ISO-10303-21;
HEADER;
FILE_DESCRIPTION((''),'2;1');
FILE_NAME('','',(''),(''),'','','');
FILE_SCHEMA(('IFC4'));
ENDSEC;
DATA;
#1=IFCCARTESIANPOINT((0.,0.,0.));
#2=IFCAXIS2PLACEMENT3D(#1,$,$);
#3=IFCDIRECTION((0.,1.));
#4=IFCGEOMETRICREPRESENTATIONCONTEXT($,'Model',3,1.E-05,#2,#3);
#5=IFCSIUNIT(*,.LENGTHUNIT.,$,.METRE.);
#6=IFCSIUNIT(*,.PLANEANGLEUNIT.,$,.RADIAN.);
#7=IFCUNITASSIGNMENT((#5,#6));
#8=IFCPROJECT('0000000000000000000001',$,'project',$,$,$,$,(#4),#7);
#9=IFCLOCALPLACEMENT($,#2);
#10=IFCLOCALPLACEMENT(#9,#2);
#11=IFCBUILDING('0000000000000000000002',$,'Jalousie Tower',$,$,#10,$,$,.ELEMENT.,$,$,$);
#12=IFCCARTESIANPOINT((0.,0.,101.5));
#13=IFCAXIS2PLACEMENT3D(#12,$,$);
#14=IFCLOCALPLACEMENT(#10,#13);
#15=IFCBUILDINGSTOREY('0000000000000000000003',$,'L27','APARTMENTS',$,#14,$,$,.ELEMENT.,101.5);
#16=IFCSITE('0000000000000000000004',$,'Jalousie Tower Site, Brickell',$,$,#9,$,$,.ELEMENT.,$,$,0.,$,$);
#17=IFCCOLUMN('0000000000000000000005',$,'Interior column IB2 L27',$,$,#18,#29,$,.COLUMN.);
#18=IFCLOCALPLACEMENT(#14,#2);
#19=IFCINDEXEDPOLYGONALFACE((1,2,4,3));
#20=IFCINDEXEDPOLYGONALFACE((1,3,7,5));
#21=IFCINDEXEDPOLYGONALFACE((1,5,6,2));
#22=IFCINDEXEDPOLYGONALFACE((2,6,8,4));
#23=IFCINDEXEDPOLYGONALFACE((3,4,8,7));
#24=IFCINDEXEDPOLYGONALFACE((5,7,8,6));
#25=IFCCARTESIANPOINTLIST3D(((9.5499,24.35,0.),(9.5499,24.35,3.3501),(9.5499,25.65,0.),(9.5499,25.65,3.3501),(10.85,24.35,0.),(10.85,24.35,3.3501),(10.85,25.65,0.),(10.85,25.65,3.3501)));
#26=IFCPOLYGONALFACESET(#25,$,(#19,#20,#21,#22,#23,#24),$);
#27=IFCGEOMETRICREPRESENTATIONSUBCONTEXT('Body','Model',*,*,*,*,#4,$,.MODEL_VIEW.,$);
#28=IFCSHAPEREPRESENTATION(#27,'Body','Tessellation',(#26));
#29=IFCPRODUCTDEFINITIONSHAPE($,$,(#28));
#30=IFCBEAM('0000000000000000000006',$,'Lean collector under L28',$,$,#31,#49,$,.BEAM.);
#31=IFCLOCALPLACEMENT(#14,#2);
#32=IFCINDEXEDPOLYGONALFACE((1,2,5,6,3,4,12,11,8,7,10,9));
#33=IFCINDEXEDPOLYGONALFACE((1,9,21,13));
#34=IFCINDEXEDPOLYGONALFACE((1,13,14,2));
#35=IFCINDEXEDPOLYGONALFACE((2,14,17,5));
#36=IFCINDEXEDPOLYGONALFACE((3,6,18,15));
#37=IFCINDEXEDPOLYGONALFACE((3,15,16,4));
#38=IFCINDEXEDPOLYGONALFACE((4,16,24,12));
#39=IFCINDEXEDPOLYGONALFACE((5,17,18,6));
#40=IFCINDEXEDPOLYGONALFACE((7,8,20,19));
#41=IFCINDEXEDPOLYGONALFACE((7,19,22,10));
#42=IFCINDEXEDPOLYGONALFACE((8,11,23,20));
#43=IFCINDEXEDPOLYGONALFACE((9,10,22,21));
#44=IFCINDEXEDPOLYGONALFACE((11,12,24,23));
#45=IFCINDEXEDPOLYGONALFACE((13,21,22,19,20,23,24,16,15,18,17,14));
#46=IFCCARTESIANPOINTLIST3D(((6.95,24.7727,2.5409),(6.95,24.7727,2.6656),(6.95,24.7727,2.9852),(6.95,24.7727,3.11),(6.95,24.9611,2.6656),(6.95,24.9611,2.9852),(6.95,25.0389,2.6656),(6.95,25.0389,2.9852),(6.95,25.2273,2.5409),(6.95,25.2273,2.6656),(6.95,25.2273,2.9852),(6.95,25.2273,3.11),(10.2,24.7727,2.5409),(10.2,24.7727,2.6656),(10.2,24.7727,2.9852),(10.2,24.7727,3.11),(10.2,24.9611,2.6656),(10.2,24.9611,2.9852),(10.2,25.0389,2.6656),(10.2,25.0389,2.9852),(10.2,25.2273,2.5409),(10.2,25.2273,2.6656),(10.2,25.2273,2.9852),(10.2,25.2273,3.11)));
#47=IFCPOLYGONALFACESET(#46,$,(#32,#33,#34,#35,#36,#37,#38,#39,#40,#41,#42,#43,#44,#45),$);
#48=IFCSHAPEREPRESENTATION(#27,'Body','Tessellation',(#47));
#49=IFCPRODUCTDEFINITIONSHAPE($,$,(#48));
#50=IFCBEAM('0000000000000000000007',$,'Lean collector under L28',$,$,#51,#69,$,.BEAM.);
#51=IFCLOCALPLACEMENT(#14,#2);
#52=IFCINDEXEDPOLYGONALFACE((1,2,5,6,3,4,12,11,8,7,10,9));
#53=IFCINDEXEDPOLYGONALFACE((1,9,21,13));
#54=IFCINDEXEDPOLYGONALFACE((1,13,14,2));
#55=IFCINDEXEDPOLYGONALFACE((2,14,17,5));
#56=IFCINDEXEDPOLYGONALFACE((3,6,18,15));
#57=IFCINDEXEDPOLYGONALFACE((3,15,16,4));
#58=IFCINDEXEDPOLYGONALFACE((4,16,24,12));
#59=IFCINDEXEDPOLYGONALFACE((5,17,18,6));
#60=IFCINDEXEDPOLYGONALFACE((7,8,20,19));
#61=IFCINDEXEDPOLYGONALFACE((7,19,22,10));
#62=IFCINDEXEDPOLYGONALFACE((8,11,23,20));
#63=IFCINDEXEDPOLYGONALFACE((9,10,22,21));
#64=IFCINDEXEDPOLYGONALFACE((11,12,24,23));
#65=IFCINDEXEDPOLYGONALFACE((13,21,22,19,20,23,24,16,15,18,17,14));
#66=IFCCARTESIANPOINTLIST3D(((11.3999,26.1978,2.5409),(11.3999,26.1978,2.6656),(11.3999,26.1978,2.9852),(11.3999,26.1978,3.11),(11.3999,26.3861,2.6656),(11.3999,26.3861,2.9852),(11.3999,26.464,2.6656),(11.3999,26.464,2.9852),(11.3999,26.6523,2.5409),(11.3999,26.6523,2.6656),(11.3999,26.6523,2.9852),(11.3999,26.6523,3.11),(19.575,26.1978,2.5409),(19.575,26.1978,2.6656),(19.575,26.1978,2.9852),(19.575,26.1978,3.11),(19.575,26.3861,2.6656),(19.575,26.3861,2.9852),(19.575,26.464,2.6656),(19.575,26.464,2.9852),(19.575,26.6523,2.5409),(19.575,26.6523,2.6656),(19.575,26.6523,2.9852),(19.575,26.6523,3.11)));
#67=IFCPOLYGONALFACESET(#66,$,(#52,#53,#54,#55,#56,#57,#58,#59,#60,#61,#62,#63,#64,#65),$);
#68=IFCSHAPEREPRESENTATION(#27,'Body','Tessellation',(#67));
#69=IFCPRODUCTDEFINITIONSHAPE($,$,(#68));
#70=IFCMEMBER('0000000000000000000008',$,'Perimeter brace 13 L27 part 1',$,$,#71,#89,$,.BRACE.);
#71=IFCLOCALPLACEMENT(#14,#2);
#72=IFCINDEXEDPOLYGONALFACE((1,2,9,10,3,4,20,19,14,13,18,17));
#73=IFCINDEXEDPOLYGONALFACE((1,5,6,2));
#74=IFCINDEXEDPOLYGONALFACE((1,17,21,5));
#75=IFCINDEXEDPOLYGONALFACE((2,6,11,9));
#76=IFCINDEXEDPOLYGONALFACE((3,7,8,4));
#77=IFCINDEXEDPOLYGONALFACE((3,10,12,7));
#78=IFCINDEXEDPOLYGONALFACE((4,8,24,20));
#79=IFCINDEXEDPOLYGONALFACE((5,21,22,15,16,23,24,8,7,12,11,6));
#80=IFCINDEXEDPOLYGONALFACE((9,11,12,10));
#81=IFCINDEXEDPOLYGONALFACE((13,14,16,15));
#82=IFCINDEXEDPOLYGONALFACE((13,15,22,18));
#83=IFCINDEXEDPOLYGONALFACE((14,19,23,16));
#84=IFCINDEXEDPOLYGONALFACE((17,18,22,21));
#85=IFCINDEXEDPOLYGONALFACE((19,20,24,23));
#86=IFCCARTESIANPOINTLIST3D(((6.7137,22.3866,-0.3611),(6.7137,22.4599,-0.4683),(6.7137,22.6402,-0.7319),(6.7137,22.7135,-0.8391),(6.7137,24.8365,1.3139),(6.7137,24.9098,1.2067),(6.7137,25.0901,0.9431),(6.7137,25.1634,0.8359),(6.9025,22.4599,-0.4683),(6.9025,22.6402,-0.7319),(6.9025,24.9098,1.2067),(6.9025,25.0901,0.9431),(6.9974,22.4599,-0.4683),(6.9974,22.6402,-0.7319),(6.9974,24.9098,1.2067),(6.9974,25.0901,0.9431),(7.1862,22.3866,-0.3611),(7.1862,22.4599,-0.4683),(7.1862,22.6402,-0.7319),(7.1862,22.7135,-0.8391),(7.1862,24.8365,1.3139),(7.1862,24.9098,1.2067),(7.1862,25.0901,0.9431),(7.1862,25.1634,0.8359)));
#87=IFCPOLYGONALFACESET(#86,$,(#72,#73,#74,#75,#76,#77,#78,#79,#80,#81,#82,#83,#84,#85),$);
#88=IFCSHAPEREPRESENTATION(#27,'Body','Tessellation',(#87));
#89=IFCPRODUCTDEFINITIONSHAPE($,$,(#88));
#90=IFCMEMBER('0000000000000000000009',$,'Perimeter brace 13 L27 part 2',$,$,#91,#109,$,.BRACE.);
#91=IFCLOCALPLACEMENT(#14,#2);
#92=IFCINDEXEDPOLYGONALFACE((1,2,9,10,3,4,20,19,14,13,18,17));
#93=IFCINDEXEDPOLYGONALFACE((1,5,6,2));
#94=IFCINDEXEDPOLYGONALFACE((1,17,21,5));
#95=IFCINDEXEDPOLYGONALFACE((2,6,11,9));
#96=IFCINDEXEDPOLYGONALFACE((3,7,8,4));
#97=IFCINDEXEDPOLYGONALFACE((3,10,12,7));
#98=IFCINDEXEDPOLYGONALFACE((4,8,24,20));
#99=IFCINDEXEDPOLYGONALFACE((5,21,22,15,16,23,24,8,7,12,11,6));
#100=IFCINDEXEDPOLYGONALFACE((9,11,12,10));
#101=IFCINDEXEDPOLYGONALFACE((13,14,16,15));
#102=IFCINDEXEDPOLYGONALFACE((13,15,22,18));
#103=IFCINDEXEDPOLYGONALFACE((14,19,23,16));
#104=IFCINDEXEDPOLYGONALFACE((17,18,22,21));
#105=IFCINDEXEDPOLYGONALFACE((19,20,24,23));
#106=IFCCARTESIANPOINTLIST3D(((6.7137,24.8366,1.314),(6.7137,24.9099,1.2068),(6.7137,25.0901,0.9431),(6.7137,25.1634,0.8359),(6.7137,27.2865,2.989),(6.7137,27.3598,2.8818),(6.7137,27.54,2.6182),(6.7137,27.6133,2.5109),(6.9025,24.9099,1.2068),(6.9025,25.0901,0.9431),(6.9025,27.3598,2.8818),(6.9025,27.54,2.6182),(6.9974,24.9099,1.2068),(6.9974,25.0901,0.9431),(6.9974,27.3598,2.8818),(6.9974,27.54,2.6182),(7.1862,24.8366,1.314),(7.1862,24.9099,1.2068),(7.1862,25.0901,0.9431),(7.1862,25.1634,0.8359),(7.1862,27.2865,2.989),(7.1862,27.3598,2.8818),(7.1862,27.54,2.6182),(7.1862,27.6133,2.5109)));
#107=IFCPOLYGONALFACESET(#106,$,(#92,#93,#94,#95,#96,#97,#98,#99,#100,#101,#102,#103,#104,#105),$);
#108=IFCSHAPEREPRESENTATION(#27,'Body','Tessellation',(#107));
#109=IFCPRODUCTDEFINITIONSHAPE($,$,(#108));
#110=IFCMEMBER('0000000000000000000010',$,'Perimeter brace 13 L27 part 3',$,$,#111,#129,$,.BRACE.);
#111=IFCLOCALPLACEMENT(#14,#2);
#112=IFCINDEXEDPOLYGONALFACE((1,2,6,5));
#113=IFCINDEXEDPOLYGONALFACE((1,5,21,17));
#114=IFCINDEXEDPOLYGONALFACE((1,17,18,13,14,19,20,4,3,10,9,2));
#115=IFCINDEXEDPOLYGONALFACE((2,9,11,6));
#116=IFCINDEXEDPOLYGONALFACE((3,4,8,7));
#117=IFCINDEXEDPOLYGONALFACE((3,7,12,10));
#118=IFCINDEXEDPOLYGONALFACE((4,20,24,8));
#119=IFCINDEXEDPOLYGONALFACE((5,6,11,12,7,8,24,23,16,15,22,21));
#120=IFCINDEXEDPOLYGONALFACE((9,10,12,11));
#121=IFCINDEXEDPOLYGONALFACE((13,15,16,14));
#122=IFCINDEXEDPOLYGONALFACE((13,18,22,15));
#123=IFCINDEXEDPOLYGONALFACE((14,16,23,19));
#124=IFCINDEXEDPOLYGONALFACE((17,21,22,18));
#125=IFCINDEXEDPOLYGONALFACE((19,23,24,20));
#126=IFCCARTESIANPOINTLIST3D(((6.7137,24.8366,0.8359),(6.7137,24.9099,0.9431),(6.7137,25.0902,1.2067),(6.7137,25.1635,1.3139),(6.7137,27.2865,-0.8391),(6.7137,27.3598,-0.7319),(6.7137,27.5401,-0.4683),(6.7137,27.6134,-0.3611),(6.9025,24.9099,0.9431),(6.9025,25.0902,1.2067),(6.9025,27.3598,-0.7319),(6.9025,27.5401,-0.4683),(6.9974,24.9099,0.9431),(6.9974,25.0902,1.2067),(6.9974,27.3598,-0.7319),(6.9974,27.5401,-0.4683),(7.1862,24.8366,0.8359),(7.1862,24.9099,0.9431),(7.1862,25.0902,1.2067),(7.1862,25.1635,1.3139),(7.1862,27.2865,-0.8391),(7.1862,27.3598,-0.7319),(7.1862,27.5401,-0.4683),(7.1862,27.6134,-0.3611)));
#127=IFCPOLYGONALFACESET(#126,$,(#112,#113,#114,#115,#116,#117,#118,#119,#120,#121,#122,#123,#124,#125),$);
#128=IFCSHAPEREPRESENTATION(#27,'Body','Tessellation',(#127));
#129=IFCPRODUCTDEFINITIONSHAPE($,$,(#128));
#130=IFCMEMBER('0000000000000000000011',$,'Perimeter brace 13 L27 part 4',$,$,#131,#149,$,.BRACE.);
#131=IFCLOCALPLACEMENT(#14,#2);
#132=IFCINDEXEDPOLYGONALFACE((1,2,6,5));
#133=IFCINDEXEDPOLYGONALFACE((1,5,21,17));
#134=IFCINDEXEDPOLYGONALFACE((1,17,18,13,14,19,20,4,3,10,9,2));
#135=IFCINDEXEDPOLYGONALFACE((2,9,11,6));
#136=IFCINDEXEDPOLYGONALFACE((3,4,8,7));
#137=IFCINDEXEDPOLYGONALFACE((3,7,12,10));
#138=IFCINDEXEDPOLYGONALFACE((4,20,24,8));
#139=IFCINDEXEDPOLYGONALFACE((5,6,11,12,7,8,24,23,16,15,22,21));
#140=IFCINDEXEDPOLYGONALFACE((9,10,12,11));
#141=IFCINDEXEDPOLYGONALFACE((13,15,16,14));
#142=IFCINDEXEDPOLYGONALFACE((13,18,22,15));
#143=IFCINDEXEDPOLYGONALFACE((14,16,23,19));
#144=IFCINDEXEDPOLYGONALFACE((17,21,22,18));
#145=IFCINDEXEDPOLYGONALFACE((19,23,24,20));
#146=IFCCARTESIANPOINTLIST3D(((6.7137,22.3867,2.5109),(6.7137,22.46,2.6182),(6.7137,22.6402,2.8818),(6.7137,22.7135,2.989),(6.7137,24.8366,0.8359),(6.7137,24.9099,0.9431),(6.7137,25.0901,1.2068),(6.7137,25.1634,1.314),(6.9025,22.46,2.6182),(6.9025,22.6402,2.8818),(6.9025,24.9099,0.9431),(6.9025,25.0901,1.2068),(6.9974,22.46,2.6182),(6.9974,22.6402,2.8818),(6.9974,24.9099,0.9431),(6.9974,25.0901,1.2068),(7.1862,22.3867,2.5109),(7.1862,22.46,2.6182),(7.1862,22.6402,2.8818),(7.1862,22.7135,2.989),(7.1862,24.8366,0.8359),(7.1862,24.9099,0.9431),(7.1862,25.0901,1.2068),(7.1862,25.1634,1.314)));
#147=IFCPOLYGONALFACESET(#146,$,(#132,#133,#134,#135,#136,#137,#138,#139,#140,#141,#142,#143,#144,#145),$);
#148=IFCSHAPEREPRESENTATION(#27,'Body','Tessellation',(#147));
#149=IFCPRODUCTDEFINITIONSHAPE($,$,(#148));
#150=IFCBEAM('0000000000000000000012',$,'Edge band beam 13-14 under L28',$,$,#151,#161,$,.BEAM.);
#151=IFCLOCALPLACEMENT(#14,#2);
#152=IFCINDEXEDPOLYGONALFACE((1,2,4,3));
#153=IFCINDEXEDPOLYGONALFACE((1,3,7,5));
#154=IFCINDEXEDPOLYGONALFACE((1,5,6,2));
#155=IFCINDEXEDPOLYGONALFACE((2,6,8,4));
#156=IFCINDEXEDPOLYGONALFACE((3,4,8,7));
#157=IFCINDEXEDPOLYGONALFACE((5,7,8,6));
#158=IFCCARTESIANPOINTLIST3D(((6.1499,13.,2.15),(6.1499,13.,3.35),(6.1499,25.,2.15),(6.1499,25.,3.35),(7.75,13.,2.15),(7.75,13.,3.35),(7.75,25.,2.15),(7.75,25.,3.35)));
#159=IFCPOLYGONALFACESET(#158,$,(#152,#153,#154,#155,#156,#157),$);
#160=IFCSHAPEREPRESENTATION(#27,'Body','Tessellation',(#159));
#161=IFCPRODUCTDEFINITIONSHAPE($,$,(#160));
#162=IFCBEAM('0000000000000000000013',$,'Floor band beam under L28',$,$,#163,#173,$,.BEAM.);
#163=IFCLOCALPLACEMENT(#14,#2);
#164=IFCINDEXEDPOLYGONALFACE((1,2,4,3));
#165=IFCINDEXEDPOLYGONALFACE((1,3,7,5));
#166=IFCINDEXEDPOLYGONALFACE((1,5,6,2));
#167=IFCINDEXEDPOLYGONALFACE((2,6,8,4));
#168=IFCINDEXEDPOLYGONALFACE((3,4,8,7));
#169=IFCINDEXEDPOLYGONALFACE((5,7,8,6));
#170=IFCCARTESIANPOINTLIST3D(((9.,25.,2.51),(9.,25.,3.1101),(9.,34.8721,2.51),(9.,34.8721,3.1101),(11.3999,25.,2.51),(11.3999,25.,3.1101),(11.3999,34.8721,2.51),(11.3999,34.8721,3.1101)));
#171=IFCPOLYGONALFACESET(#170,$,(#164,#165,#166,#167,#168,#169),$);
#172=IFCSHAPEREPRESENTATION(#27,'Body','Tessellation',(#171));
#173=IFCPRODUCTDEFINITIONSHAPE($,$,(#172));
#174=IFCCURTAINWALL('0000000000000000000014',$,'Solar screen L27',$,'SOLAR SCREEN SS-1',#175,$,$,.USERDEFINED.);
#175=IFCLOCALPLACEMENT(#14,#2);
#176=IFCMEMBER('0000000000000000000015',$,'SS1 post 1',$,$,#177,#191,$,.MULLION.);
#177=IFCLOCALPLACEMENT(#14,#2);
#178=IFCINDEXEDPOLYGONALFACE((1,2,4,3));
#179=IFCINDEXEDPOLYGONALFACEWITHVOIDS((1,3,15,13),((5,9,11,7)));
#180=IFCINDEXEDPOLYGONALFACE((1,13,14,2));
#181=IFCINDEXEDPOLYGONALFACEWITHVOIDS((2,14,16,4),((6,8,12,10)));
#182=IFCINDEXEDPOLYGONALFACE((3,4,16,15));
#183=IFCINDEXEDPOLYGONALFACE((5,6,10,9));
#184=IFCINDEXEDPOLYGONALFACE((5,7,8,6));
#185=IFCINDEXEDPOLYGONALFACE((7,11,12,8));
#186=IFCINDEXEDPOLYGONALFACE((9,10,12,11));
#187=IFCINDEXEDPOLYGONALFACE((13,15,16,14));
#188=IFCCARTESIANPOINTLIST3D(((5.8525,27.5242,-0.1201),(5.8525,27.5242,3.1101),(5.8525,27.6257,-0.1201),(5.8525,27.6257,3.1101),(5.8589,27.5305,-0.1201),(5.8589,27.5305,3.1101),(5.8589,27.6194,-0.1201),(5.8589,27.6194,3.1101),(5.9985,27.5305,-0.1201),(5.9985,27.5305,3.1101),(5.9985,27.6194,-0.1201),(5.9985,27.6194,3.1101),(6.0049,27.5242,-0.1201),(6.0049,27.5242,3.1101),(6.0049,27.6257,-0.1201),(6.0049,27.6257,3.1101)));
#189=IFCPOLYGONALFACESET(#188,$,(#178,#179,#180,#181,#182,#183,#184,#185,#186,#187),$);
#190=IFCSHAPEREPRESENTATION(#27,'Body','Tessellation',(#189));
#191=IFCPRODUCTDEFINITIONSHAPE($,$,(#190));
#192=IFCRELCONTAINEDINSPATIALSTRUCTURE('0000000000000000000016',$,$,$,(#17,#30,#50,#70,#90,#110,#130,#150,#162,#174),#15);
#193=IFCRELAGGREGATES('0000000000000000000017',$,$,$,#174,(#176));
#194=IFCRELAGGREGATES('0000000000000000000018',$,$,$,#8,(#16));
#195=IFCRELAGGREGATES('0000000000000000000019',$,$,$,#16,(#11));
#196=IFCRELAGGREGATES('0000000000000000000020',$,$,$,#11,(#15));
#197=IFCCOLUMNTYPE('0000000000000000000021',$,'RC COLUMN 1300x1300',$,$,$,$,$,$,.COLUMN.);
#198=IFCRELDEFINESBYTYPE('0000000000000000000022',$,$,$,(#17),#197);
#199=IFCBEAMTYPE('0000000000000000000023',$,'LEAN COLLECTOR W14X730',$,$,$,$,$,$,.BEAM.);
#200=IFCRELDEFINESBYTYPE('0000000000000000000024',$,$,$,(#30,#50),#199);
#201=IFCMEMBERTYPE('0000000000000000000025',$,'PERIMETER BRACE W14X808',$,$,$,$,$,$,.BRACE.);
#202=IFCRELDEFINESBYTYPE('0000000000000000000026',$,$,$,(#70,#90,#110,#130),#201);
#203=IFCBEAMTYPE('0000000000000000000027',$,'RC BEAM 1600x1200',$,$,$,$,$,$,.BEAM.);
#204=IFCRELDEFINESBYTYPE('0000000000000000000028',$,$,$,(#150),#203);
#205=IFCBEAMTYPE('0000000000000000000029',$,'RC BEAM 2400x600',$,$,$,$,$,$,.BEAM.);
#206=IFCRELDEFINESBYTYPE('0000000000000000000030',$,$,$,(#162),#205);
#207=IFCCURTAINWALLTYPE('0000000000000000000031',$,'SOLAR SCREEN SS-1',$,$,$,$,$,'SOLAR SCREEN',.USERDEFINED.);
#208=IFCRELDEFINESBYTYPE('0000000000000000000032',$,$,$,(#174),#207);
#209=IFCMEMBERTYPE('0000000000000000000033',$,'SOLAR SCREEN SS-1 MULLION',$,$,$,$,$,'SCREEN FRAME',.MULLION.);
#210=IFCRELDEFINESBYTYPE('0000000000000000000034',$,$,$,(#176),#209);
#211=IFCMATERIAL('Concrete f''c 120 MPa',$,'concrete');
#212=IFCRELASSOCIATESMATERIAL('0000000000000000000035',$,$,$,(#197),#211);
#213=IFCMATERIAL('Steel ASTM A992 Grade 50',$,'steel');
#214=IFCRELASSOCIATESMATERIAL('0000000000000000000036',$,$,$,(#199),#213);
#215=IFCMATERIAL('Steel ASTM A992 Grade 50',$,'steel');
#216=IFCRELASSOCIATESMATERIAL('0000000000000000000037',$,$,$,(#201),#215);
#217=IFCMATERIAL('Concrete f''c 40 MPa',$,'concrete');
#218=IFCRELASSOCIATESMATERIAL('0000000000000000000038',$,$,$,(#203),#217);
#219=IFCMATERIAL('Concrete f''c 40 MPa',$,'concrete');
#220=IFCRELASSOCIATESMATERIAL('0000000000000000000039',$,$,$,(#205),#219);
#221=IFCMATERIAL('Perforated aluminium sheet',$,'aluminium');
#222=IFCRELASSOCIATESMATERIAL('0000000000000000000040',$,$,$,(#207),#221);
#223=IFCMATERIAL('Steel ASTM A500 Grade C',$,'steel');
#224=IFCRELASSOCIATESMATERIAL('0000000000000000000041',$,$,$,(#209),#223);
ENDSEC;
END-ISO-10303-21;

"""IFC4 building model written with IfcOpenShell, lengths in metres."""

from ifc_helpers import new_model, si_unit, direction, frame, origin, origin_2d, place, context, subcontext, project, spatial, rectangle, hollow_rectangle, i_section, extrude, material, material_profile, profile_set, type_object, element, aggregate, save


model = new_model("IFC4")

# Units and contexts
model_context = context("Model", 3, precision=1e-05, world=origin(), true_north=direction((0.0, 1.0)))
body_context = subcontext(model_context, "Body", "Model", "MODEL_VIEW")
ifc_project = project(units=[si_unit("LENGTHUNIT", "METRE"), si_unit("PLANEANGLEUNIT", "RADIAN")], contexts=[model_context])

# Site, building, storey
site_placement = place(None, origin())
site = spatial("IfcSite", under=ifc_project, at=site_placement, Name="Jalousie Tower Site, Brickell", CompositionType="ELEMENT", RefElevation=0.0)
building_placement = place(site_placement, origin())
building = spatial("IfcBuilding", under=site, at=building_placement, Name="Jalousie Tower", CompositionType="ELEMENT")
storey_placement = place(building_placement, frame((0.0, 0.0, 101.5)))
storey = spatial("IfcBuildingStorey", under=building, at=storey_placement, Name="L27", Description="APARTMENTS", CompositionType="ELEMENT", Elevation=101.5)

# Column
ifc_material_1 = material(Name="Concrete f'c 120 MPa", Category="concrete")
ifc_material_profile_1 = material_profile(ifc_material_1, rectangle(XDim=1.3, YDim=1.3, at=origin_2d()), Name="RC 1300x1300")
ifc_profile_set_1 = profile_set([ifc_material_profile_1], Name="Concrete f'c 120 MPa")
column_type = type_object("IfcColumnType", Name="RC COLUMN 1300x1300", PredefinedType="COLUMN", material=ifc_profile_set_1)
column_placement = place(storey_placement, frame((10.2, 25.0, 0.0), z_axis=(0.0, 0.0, 1.0), x_axis=(1.0, 0.0, 0.0)))
element("IfcColumn", 1, at=column_placement, inside=storey, type_object=column_type, Name="Interior column IB2 L27", PredefinedType="COLUMN", context=body_context, shape_type="SweptSolid", body=[
    extrude(rectangle(XDim=1.3, YDim=1.3, at=origin_2d()), origin(), (0.0, 0.0, 1.0), 3.3501),
])

# Beams
ifc_material_2 = material(Name="Steel ASTM A992 Grade 50", Category="steel")
ifc_material_profile_2 = material_profile(ifc_material_2, i_section(OverallWidth=0.4546, OverallDepth=0.5691, WebThickness=0.0779, FlangeThickness=0.1248, at=origin_2d()), Name="W14X730")
ifc_profile_set_2 = profile_set([ifc_material_profile_2], Name="Steel ASTM A992 Grade 50")
beam_type_1 = type_object("IfcBeamType", Name="LEAN COLLECTOR W14X730", PredefinedType="BEAM", material=ifc_profile_set_2)
beam_1_placement = place(storey_placement, frame((6.95, 25.0, 2.8254), z_axis=(1.0, 0.0, 0.0), x_axis=(0.0, 1.0, 0.0)))
element("IfcBeam", 2, at=beam_1_placement, inside=storey, type_object=beam_type_1, Name="Lean collector under L28", PredefinedType="BEAM", context=body_context, shape_type="SweptSolid", body=[
    extrude(i_section(OverallWidth=0.4546, OverallDepth=0.5691, WebThickness=0.0779, FlangeThickness=0.1248, at=origin_2d()), origin(), (0.0, 0.0, 1.0), 3.25),
])
beam_2_placement = place(storey_placement, frame((11.3999, 26.425, 2.8254), z_axis=(1.0, 0.0, 0.0), x_axis=(0.0, 1.0, 0.0)))
element("IfcBeam", 3, at=beam_2_placement, inside=storey, type_object=beam_type_1, Name="Lean collector under L28", PredefinedType="BEAM", context=body_context, shape_type="SweptSolid", body=[
    extrude(i_section(OverallWidth=0.4546, OverallDepth=0.5691, WebThickness=0.0779, FlangeThickness=0.1248, at=origin_2d()), origin(), (0.0, 0.0, 1.0), 8.175),
])

# Members
ifc_material_3 = material(Name="Steel ASTM A992 Grade 50", Category="steel")
ifc_material_profile_3 = material_profile(ifc_material_3, i_section(OverallWidth=0.4724, OverallDepth=0.5791, WebThickness=0.095, FlangeThickness=0.1299, at=origin_2d()), Name="W14X808")
ifc_profile_set_3 = profile_set([ifc_material_profile_3], Name="Steel ASTM A992 Grade 50")
member_type_1 = type_object("IfcMemberType", Name="PERIMETER BRACE W14X808", PredefinedType="BRACE", material=ifc_profile_set_3)
for number, where, z_axis, x_axis, name in (
    (4, (6.95, 22.55, -0.6001), (0.0, 0.825501, 0.564401), (-1.0, 0.0, 0.0), "Perimeter brace 13 L27 part 1"),
    (5, (6.95, 25.0, 1.075), (0.0, 0.825501, 0.564401), (-1.0, 0.0, 0.0), "Perimeter brace 13 L27 part 2"),
    (6, (6.95, 27.45, -0.6001), (0.0, -0.825501, 0.564401), (1.0, 0.0, 0.0), "Perimeter brace 13 L27 part 3"),
    (7, (6.95, 25.0, 1.075), (0.0, -0.825501, 0.564401), (1.0, 0.0, 0.0), "Perimeter brace 13 L27 part 4"),
):
    element("IfcMember", number, at=place(storey_placement, frame(where, z_axis=z_axis, x_axis=x_axis)), inside=storey, type_object=member_type_1, Name=name, PredefinedType="BRACE", context=body_context, shape_type="SweptSolid", body=[
        extrude(i_section(OverallWidth=0.4724, OverallDepth=0.5791, WebThickness=0.095, FlangeThickness=0.1299, at=origin_2d()), origin(), (0.0, 0.0, 1.0), 2.9678),
    ])

# Beams
ifc_material_4 = material(Name="Concrete f'c 40 MPa", Category="concrete")
ifc_material_profile_4 = material_profile(ifc_material_4, rectangle(XDim=1.6001, YDim=1.2, at=origin_2d()), Name="RC 1600x1200")
ifc_profile_set_4 = profile_set([ifc_material_profile_4], Name="Concrete f'c 40 MPa")
beam_type_2 = type_object("IfcBeamType", Name="RC BEAM 1600x1200", PredefinedType="BEAM", material=ifc_profile_set_4)
beam_3_placement = place(storey_placement, frame((6.95, 25.0, 2.75), z_axis=(0.0, -1.0, 0.0), x_axis=(1.0, 0.0, 0.0)))
element("IfcBeam", 8, at=beam_3_placement, inside=storey, type_object=beam_type_2, Name="Edge band beam 13-14 under L28", PredefinedType="BEAM", context=body_context, shape_type="SweptSolid", body=[
    extrude(rectangle(XDim=1.6001, YDim=1.2, at=origin_2d()), origin(), (0.0, 0.0, 1.0), 12.0),
])
ifc_material_5 = material(Name="Concrete f'c 40 MPa", Category="concrete")
ifc_material_profile_5 = material_profile(ifc_material_5, rectangle(XDim=2.3999, YDim=0.6001, at=origin_2d()), Name="RC 2400x600")
ifc_profile_set_5 = profile_set([ifc_material_profile_5], Name="Concrete f'c 40 MPa")
beam_type_3 = type_object("IfcBeamType", Name="RC BEAM 2400x600", PredefinedType="BEAM", material=ifc_profile_set_5)
beam_4_placement = place(storey_placement, frame((10.2, 25.0, 2.8101), z_axis=(0.0, 1.0, 0.0), x_axis=(-1.0, 0.0, 0.0)))
element("IfcBeam", 9, at=beam_4_placement, inside=storey, type_object=beam_type_3, Name="Floor band beam under L28", PredefinedType="BEAM", context=body_context, shape_type="SweptSolid", body=[
    extrude(rectangle(XDim=2.3999, YDim=0.6001, at=origin_2d()), origin(), (0.0, 0.0, 1.0), 9.8721),
])

# Curtain wall, member
ifc_material_6 = material(Name="Perforated aluminium sheet", Category="aluminium")
curtain_wall_type = type_object("IfcCurtainWallType", Name="SOLAR SCREEN SS-1", ElementType="SOLAR SCREEN", PredefinedType="USERDEFINED", material=ifc_material_6)
curtain_wall_placement = place(storey_placement, origin())
curtain_wall = element("IfcCurtainWall", 10, at=curtain_wall_placement, inside=storey, type_object=curtain_wall_type, Name="Solar screen L27", ObjectType="SOLAR SCREEN SS-1", PredefinedType="USERDEFINED")
ifc_material_7 = material(Name="Steel ASTM A500 Grade C", Category="steel")
ifc_material_profile_6 = material_profile(ifc_material_7, hollow_rectangle(XDim=0.1016, YDim=0.1523, WallThickness=0.0063, at=origin_2d()), Name="HSS6X4X1/4")
ifc_profile_set_6 = profile_set([ifc_material_profile_6], Name="Steel ASTM A500 Grade C")
member_type_2 = type_object("IfcMemberType", Name="SOLAR SCREEN SS-1 MULLION", ElementType="SCREEN FRAME", PredefinedType="MULLION", material=ifc_profile_set_6)
member_1_placement = place(storey_placement, frame((5.9287, 27.575, -0.1201), z_axis=(0.0, 0.0, 1.0), x_axis=(0.0, -1.0, 0.0)))
member_1 = element("IfcMember", 11, at=member_1_placement, type_object=member_type_2, Name="SS1 post 1", PredefinedType="MULLION", context=body_context, shape_type="SweptSolid", body=[
    extrude(hollow_rectangle(XDim=0.1016, YDim=0.1523, WallThickness=0.0063, at=origin_2d()), origin(), (0.0, 0.0, 1.0), 3.2302),
])
aggregate(curtain_wall, [member_1])

save(model, "model.ifc")
